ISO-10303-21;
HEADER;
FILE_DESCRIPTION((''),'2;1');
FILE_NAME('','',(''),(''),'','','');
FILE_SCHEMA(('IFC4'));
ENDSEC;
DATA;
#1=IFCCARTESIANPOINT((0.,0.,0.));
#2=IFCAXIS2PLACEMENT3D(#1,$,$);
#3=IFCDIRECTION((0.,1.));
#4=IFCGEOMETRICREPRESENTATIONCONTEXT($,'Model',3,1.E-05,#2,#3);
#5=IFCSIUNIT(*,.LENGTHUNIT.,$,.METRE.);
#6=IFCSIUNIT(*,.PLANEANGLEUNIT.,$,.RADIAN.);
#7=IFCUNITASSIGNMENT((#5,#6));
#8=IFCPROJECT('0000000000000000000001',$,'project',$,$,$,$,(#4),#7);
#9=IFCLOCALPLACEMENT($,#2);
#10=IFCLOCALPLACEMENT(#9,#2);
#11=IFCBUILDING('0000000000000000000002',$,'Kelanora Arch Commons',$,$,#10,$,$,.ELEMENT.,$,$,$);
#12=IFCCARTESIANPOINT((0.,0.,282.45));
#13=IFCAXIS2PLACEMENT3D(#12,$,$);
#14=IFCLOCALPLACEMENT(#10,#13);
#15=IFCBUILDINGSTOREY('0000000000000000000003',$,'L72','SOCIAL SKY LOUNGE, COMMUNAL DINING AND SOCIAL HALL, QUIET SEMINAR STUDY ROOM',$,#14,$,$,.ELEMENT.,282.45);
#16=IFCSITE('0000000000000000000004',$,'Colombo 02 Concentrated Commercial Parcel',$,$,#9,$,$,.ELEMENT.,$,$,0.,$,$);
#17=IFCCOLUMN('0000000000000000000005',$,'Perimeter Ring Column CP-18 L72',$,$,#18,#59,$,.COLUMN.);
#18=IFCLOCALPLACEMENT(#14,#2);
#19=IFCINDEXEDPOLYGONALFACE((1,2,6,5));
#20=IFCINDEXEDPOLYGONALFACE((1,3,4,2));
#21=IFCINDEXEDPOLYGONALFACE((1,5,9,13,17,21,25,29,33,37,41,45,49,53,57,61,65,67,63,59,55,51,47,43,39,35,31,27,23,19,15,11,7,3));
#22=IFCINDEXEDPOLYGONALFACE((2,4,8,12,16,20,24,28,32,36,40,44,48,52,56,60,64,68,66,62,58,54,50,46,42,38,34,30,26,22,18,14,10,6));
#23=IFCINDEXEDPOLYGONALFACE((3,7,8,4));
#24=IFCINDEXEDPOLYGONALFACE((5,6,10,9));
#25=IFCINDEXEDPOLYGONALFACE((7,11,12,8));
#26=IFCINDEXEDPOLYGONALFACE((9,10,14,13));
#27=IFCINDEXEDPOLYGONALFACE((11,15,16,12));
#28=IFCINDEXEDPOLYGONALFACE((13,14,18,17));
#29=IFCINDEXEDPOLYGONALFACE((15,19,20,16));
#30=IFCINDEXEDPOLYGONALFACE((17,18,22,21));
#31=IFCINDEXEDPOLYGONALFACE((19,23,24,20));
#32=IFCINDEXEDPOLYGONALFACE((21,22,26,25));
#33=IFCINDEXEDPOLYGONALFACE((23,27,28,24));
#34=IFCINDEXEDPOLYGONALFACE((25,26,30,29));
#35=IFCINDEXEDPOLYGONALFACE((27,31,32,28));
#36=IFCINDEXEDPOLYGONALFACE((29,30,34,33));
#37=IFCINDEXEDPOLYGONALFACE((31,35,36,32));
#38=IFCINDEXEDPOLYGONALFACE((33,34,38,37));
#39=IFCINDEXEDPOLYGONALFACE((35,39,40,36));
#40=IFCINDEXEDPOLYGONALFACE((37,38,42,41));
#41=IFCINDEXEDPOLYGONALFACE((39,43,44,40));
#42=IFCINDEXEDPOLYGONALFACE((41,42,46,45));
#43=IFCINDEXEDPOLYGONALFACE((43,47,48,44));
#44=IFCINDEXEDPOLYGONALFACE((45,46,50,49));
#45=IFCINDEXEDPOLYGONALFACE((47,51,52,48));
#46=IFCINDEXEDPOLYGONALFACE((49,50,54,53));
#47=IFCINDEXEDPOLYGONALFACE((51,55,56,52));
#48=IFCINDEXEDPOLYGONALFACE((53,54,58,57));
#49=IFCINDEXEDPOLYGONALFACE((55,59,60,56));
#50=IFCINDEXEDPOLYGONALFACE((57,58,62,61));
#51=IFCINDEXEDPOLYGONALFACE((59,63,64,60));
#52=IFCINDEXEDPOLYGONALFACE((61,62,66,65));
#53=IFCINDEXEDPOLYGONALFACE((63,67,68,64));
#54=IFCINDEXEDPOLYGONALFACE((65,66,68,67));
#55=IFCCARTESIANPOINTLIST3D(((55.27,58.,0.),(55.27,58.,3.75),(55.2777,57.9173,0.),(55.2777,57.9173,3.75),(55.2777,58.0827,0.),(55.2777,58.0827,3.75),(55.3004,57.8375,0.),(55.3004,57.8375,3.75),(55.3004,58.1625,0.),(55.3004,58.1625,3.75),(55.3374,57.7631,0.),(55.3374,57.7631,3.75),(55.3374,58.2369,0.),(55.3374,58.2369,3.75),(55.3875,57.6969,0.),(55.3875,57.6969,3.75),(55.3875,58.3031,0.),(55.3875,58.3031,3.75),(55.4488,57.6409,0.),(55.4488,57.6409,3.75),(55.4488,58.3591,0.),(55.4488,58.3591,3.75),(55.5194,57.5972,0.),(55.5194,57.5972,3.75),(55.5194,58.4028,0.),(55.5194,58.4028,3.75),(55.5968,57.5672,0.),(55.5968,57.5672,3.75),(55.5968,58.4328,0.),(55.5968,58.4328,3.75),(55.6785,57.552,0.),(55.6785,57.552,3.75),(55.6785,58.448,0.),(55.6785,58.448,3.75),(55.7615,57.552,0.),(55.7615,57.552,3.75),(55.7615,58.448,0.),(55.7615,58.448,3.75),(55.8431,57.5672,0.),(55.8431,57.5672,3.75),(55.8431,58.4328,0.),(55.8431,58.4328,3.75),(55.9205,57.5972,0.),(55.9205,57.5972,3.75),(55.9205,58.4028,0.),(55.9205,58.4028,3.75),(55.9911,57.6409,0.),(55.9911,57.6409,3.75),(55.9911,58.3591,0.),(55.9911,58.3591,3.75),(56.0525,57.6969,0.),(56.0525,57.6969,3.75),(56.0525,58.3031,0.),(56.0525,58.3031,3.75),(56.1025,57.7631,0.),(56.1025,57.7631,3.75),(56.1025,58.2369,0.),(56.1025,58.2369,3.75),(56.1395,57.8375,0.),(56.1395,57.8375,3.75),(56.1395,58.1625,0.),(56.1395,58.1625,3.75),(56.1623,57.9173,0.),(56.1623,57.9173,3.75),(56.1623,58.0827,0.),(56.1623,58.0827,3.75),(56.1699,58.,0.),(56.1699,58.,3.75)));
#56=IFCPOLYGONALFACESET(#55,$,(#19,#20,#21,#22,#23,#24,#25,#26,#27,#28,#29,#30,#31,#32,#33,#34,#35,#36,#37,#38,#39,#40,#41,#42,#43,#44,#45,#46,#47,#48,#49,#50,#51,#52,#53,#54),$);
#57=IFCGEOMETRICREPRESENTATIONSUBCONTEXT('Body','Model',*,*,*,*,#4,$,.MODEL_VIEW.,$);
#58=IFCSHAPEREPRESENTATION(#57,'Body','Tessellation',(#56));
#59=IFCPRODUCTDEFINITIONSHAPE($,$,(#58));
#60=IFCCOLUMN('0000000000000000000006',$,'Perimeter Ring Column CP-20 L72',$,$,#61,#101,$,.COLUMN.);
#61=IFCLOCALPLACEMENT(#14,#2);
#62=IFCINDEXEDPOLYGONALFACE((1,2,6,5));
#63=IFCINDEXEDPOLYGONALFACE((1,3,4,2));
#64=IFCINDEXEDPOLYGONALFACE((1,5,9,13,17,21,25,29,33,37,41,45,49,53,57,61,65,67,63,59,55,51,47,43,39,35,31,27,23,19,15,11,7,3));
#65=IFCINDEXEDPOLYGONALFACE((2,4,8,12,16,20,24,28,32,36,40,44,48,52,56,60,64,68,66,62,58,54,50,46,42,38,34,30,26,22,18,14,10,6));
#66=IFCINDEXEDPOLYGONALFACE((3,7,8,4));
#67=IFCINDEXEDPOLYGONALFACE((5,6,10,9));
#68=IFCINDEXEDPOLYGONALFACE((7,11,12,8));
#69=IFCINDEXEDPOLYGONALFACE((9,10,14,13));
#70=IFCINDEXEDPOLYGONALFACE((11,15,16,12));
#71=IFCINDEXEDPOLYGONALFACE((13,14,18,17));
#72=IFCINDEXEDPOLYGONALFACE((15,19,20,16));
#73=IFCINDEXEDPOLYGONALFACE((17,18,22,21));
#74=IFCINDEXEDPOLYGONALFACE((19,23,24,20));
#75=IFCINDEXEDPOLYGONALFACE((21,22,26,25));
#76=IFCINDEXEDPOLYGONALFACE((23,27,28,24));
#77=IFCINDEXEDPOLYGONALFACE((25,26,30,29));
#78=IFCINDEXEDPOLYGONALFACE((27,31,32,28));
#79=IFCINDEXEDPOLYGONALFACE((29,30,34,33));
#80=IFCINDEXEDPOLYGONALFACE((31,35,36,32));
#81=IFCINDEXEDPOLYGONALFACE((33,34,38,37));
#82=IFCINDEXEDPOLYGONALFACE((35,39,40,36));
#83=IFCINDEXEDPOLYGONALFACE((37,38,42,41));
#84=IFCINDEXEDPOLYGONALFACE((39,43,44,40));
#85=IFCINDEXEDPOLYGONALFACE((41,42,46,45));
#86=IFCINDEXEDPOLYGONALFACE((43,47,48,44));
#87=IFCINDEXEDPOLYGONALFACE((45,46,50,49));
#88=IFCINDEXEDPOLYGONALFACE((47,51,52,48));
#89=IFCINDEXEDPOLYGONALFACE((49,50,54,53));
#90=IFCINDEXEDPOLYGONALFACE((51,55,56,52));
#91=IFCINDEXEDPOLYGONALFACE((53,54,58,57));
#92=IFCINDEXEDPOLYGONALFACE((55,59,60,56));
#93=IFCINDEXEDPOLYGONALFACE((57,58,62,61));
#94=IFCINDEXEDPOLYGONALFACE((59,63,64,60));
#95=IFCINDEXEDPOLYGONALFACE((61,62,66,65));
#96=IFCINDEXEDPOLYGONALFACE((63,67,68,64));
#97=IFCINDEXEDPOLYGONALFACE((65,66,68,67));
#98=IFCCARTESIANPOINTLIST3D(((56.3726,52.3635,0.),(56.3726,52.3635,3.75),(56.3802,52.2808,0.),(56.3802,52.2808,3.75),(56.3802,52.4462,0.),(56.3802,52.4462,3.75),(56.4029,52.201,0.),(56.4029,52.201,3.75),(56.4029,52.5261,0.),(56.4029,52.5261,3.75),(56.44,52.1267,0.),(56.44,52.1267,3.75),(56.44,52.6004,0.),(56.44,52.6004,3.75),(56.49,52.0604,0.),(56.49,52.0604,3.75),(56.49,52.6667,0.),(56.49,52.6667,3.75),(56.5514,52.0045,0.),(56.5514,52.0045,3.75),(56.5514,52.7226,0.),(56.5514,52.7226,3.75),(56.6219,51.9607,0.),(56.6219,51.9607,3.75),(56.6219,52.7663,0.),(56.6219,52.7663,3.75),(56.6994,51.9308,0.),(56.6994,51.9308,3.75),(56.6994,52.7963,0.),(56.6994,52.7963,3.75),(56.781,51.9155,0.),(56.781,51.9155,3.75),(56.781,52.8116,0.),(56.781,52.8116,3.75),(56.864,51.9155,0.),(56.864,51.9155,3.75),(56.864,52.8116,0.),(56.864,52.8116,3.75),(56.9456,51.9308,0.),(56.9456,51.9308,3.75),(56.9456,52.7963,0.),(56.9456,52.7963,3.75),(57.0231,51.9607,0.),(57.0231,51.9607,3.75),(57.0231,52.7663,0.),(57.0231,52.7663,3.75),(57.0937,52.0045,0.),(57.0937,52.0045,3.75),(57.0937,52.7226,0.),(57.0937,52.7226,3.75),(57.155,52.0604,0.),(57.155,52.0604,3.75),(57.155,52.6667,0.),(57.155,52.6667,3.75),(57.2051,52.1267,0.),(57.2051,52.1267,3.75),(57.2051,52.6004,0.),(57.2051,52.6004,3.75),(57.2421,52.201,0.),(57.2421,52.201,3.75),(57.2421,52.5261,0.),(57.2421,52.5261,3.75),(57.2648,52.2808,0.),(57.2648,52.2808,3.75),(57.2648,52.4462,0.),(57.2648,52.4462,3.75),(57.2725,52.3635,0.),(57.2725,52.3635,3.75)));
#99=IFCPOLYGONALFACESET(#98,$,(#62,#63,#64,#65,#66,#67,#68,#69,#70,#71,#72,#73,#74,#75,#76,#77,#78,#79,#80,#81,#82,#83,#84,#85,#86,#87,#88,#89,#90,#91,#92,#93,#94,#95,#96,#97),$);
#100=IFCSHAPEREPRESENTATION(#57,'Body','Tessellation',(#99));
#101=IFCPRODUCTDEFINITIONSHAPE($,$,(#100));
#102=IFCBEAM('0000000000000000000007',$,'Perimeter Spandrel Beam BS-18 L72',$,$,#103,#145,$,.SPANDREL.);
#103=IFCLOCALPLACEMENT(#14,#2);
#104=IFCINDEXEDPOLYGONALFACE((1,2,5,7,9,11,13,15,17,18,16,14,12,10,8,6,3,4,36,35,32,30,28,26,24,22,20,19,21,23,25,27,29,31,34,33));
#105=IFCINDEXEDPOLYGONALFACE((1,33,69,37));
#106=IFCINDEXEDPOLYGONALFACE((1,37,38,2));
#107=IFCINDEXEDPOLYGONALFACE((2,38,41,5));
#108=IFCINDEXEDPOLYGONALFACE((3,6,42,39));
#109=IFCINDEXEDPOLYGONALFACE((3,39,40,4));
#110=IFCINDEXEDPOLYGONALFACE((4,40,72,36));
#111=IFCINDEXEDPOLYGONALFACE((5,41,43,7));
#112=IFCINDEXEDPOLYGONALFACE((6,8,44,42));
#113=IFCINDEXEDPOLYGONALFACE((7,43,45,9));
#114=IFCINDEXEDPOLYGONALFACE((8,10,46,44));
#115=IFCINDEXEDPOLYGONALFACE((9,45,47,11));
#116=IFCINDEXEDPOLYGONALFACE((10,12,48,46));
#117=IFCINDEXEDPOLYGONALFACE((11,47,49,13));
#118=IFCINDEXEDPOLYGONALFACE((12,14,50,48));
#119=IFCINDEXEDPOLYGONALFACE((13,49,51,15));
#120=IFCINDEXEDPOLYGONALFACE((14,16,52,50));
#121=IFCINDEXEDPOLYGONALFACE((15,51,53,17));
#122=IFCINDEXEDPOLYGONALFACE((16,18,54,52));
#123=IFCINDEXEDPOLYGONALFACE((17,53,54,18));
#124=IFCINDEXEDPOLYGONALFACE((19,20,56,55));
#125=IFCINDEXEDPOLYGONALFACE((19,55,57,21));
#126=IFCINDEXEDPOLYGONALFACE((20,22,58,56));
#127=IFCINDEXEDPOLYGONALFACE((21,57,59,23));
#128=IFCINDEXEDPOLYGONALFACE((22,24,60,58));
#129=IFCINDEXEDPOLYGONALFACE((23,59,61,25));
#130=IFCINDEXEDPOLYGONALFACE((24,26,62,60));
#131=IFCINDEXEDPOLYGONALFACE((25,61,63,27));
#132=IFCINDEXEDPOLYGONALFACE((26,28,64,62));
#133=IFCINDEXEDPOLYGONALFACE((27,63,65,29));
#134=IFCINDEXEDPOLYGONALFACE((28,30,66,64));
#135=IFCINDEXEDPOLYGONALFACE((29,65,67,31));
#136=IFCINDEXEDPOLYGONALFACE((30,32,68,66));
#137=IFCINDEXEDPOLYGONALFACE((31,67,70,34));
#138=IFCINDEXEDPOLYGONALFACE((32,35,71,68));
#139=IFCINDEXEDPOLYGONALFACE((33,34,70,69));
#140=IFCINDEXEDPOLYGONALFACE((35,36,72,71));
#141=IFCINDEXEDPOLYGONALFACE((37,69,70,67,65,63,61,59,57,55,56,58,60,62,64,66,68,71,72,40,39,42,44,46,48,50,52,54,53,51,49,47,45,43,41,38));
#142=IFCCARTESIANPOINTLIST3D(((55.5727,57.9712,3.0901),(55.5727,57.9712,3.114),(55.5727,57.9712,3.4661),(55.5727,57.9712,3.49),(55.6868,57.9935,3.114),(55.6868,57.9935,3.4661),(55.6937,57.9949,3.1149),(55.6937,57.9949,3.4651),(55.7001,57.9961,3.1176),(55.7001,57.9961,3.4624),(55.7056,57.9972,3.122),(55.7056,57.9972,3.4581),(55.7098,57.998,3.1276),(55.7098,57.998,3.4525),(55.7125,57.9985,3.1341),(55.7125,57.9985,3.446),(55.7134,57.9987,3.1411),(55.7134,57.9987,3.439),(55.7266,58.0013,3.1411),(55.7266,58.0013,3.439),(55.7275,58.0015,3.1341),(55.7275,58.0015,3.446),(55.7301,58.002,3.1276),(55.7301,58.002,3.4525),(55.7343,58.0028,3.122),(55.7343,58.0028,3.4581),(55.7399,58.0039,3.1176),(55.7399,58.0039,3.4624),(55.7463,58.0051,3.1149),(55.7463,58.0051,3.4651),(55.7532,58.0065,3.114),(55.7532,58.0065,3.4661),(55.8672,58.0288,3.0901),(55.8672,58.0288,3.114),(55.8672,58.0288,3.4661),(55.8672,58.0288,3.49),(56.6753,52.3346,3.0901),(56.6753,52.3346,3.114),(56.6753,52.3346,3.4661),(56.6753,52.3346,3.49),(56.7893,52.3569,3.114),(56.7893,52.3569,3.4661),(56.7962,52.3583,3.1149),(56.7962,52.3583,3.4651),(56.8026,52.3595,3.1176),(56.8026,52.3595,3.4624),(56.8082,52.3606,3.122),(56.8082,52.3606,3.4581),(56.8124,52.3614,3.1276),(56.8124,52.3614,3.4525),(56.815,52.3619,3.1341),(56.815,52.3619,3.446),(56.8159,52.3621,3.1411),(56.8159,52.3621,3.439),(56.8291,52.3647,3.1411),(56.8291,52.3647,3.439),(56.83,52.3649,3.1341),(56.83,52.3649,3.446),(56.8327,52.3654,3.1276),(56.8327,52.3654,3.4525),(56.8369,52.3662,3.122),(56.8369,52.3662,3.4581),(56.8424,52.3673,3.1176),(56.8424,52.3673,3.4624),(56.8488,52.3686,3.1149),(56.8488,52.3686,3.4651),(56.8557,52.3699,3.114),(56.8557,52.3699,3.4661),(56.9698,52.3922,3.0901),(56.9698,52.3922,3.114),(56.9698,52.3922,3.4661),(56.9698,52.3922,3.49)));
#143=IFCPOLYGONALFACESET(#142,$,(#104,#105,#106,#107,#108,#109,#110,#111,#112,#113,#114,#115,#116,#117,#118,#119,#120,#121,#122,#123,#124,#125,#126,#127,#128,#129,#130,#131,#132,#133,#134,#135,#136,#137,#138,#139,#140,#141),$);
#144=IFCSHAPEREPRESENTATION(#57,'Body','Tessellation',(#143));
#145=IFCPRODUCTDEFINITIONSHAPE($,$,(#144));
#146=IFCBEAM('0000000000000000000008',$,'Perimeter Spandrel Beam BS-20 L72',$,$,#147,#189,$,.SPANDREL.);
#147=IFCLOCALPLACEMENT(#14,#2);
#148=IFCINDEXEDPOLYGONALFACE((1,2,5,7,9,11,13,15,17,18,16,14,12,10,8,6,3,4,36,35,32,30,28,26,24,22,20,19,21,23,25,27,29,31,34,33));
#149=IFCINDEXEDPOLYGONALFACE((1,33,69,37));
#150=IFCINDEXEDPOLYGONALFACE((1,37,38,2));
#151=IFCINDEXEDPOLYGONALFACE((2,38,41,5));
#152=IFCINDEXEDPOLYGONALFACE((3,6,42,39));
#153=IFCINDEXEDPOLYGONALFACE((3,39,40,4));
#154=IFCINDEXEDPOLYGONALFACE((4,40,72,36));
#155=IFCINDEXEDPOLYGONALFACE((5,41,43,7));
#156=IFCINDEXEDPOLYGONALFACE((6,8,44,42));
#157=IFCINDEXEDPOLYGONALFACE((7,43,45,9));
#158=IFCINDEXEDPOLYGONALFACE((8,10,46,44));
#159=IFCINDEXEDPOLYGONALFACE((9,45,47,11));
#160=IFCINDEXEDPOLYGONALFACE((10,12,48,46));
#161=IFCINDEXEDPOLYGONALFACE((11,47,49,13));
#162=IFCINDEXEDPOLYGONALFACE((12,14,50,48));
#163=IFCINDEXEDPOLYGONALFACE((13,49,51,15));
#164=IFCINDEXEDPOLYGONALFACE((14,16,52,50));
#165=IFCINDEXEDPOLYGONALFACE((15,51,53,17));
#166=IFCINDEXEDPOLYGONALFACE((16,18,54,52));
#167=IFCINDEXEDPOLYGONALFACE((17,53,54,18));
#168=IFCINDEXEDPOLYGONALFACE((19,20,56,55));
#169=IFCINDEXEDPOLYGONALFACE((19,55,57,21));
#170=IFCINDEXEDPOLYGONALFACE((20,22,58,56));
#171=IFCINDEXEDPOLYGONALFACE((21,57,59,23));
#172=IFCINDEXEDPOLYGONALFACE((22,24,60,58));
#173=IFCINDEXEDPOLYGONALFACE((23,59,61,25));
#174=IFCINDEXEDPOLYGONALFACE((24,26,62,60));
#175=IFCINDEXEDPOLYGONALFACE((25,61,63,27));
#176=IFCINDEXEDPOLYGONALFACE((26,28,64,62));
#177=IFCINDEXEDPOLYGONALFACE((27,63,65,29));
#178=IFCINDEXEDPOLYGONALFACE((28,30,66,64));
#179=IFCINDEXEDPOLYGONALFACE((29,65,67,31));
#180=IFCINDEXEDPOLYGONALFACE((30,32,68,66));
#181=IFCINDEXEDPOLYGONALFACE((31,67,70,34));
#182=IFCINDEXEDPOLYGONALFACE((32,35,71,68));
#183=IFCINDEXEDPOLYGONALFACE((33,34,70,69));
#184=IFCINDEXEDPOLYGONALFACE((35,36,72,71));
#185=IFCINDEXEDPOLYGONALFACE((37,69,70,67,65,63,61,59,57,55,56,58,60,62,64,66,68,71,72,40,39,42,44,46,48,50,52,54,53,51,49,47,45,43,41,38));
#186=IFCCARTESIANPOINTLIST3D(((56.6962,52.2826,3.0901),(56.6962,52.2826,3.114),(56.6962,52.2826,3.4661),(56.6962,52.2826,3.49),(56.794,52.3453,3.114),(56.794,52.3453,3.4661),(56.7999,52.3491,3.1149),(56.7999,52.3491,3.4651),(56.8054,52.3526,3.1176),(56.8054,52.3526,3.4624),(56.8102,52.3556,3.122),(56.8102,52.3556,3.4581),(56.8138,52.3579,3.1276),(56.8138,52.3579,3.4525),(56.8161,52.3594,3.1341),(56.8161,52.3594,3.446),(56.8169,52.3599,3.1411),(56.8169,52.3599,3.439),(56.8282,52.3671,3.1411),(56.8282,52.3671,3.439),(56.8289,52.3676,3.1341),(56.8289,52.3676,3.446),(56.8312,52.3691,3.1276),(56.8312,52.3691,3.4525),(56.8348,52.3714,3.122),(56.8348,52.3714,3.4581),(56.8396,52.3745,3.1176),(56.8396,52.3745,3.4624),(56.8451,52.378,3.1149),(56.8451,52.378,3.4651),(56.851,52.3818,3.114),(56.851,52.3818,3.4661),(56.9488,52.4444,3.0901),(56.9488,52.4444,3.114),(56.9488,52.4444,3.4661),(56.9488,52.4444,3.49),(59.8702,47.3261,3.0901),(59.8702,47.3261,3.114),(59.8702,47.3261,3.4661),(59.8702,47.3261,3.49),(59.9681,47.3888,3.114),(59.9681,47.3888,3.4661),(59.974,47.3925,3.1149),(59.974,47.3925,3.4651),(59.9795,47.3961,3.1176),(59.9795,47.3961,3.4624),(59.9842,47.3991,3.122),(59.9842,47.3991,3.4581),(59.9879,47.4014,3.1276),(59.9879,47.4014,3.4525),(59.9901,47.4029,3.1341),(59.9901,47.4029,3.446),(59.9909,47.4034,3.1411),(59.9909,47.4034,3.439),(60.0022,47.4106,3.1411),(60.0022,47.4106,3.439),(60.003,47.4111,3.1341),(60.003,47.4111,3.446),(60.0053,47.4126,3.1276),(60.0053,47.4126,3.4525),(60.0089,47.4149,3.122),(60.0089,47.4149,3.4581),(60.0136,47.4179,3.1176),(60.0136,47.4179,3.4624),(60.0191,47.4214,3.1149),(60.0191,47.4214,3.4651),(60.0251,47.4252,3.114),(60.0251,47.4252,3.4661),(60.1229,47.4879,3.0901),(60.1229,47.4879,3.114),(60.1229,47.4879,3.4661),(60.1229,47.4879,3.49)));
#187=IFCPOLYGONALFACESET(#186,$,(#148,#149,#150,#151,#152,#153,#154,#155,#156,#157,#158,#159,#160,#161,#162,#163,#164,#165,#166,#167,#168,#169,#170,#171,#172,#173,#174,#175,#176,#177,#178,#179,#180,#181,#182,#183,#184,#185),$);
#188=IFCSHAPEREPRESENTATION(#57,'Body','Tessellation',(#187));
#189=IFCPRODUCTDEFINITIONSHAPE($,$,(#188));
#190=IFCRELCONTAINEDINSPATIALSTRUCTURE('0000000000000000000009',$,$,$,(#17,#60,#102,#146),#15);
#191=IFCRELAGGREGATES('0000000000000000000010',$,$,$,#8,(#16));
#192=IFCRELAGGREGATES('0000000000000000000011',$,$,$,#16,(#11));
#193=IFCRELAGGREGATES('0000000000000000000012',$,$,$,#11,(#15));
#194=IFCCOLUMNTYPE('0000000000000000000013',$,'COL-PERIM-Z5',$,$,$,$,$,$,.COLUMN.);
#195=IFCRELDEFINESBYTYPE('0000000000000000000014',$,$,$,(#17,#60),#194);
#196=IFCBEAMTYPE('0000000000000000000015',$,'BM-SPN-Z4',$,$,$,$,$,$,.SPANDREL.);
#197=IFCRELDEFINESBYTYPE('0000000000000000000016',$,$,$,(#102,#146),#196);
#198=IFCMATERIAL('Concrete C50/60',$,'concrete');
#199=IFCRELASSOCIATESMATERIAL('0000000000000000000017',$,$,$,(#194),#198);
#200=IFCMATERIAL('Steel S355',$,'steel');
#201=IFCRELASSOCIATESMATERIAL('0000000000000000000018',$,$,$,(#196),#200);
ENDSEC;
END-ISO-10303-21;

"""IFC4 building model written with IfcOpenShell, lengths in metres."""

from ifc_helpers import new_model, si_unit, direction, frame, origin, origin_2d, place, context, subcontext, project, spatial, circle, i_section, extrude, material, material_profile, profile_set, type_object, element, save


model = new_model("IFC4")

# Units and contexts
model_context = context("Model", 3, precision=1e-05, world=origin(), true_north=direction((0.0, 1.0)))
body_context = subcontext(model_context, "Body", "Model", "MODEL_VIEW")
ifc_project = project(units=[si_unit("LENGTHUNIT", "METRE"), si_unit("PLANEANGLEUNIT", "RADIAN")], contexts=[model_context])

# Site, building, storey
site_placement = place(None, origin())
site = spatial("IfcSite", under=ifc_project, at=site_placement, Name="Colombo 02 Concentrated Commercial Parcel", CompositionType="ELEMENT", RefElevation=0.0)
building_placement = place(site_placement, origin())
building = spatial("IfcBuilding", under=site, at=building_placement, Name="Kelanora Arch Commons", CompositionType="ELEMENT")
storey_placement = place(building_placement, frame((0.0, 0.0, 282.45)))
storey = spatial("IfcBuildingStorey", under=building, at=storey_placement, Name="L72", Description="SOCIAL SKY LOUNGE, COMMUNAL DINING AND SOCIAL HALL, QUIET SEMINAR STUDY ROOM", CompositionType="ELEMENT", Elevation=282.45)

# Columns
ifc_material_1 = material(Name="Concrete C50/60", Category="concrete")
ifc_material_profile_1 = material_profile(ifc_material_1, circle(Radius=0.45, at=origin_2d()), Name="RCC900")
ifc_profile_set_1 = profile_set([ifc_material_profile_1], Name="Concrete C50/60")
column_type = type_object("IfcColumnType", Name="COL-PERIM-Z5", PredefinedType="COLUMN", material=ifc_profile_set_1)
for number, where, z_axis, x_axis, name in (
    (1, (55.72, 58.0, 0.0), (0.0, 0.0, 1.0), (1.0, 0.0, 0.0), "Perimeter Ring Column CP-18 L72"),
    (2, (56.8225, 52.3635, 0.0), (0.0, 0.0, 1.0), (1.0, 0.0, 0.0), "Perimeter Ring Column CP-20 L72"),
):
    element("IfcColumn", number, at=place(storey_placement, frame(where, z_axis=z_axis, x_axis=x_axis)), inside=storey, type_object=column_type, Name=name, PredefinedType="COLUMN", context=body_context, shape_type="SweptSolid", body=[
        extrude(circle(Radius=0.45, at=origin_2d()), origin(), (0.0, 0.0, 1.0), 3.75),
    ])

# Beams
ifc_material_2 = material(Name="Steel S355", Category="steel")
ifc_material_profile_2 = material_profile(ifc_material_2, i_section(OverallWidth=0.3, OverallDepth=0.3999, WebThickness=0.0134, FlangeThickness=0.0239, FilletRadius=0.0271, at=origin_2d()), Name="HEB400")
ifc_profile_set_2 = profile_set([ifc_material_profile_2], Name="Steel S355")
beam_type = type_object("IfcBeamType", Name="BM-SPN-Z4", PredefinedType="SPANDREL", material=ifc_profile_set_2)
beam_1_placement = place(storey_placement, frame((55.72, 58.0, 3.29), z_axis=(0.19197, -0.981401, 0.0), x_axis=(0.981401, 0.19197, 0.0)))
element("IfcBeam", 3, at=beam_1_placement, inside=storey, type_object=beam_type, Name="Perimeter Spandrel Beam BS-18 L72", PredefinedType="SPANDREL", context=body_context, shape_type="SweptSolid", body=[
    extrude(i_section(OverallWidth=0.3, OverallDepth=0.3999, WebThickness=0.0134, FlangeThickness=0.0239, FilletRadius=0.0271, at=origin_2d()), origin(), (0.0, 0.0, 1.0), 5.7434),
])
beam_2_placement = place(storey_placement, frame((56.8225, 52.3635, 3.29), z_axis=(0.539281, -0.842126, 0.0), x_axis=(0.842126, 0.539281, 0.0)))
element("IfcBeam", 4, at=beam_2_placement, inside=storey, type_object=beam_type, Name="Perimeter Spandrel Beam BS-20 L72", PredefinedType="SPANDREL", context=body_context, shape_type="SweptSolid", body=[
    extrude(i_section(OverallWidth=0.3, OverallDepth=0.3999, WebThickness=0.0134, FlangeThickness=0.0239, FilletRadius=0.0271, at=origin_2d()), origin(), (0.0, 0.0, 1.0), 5.8857),
])

save(model, "model.ifc")
